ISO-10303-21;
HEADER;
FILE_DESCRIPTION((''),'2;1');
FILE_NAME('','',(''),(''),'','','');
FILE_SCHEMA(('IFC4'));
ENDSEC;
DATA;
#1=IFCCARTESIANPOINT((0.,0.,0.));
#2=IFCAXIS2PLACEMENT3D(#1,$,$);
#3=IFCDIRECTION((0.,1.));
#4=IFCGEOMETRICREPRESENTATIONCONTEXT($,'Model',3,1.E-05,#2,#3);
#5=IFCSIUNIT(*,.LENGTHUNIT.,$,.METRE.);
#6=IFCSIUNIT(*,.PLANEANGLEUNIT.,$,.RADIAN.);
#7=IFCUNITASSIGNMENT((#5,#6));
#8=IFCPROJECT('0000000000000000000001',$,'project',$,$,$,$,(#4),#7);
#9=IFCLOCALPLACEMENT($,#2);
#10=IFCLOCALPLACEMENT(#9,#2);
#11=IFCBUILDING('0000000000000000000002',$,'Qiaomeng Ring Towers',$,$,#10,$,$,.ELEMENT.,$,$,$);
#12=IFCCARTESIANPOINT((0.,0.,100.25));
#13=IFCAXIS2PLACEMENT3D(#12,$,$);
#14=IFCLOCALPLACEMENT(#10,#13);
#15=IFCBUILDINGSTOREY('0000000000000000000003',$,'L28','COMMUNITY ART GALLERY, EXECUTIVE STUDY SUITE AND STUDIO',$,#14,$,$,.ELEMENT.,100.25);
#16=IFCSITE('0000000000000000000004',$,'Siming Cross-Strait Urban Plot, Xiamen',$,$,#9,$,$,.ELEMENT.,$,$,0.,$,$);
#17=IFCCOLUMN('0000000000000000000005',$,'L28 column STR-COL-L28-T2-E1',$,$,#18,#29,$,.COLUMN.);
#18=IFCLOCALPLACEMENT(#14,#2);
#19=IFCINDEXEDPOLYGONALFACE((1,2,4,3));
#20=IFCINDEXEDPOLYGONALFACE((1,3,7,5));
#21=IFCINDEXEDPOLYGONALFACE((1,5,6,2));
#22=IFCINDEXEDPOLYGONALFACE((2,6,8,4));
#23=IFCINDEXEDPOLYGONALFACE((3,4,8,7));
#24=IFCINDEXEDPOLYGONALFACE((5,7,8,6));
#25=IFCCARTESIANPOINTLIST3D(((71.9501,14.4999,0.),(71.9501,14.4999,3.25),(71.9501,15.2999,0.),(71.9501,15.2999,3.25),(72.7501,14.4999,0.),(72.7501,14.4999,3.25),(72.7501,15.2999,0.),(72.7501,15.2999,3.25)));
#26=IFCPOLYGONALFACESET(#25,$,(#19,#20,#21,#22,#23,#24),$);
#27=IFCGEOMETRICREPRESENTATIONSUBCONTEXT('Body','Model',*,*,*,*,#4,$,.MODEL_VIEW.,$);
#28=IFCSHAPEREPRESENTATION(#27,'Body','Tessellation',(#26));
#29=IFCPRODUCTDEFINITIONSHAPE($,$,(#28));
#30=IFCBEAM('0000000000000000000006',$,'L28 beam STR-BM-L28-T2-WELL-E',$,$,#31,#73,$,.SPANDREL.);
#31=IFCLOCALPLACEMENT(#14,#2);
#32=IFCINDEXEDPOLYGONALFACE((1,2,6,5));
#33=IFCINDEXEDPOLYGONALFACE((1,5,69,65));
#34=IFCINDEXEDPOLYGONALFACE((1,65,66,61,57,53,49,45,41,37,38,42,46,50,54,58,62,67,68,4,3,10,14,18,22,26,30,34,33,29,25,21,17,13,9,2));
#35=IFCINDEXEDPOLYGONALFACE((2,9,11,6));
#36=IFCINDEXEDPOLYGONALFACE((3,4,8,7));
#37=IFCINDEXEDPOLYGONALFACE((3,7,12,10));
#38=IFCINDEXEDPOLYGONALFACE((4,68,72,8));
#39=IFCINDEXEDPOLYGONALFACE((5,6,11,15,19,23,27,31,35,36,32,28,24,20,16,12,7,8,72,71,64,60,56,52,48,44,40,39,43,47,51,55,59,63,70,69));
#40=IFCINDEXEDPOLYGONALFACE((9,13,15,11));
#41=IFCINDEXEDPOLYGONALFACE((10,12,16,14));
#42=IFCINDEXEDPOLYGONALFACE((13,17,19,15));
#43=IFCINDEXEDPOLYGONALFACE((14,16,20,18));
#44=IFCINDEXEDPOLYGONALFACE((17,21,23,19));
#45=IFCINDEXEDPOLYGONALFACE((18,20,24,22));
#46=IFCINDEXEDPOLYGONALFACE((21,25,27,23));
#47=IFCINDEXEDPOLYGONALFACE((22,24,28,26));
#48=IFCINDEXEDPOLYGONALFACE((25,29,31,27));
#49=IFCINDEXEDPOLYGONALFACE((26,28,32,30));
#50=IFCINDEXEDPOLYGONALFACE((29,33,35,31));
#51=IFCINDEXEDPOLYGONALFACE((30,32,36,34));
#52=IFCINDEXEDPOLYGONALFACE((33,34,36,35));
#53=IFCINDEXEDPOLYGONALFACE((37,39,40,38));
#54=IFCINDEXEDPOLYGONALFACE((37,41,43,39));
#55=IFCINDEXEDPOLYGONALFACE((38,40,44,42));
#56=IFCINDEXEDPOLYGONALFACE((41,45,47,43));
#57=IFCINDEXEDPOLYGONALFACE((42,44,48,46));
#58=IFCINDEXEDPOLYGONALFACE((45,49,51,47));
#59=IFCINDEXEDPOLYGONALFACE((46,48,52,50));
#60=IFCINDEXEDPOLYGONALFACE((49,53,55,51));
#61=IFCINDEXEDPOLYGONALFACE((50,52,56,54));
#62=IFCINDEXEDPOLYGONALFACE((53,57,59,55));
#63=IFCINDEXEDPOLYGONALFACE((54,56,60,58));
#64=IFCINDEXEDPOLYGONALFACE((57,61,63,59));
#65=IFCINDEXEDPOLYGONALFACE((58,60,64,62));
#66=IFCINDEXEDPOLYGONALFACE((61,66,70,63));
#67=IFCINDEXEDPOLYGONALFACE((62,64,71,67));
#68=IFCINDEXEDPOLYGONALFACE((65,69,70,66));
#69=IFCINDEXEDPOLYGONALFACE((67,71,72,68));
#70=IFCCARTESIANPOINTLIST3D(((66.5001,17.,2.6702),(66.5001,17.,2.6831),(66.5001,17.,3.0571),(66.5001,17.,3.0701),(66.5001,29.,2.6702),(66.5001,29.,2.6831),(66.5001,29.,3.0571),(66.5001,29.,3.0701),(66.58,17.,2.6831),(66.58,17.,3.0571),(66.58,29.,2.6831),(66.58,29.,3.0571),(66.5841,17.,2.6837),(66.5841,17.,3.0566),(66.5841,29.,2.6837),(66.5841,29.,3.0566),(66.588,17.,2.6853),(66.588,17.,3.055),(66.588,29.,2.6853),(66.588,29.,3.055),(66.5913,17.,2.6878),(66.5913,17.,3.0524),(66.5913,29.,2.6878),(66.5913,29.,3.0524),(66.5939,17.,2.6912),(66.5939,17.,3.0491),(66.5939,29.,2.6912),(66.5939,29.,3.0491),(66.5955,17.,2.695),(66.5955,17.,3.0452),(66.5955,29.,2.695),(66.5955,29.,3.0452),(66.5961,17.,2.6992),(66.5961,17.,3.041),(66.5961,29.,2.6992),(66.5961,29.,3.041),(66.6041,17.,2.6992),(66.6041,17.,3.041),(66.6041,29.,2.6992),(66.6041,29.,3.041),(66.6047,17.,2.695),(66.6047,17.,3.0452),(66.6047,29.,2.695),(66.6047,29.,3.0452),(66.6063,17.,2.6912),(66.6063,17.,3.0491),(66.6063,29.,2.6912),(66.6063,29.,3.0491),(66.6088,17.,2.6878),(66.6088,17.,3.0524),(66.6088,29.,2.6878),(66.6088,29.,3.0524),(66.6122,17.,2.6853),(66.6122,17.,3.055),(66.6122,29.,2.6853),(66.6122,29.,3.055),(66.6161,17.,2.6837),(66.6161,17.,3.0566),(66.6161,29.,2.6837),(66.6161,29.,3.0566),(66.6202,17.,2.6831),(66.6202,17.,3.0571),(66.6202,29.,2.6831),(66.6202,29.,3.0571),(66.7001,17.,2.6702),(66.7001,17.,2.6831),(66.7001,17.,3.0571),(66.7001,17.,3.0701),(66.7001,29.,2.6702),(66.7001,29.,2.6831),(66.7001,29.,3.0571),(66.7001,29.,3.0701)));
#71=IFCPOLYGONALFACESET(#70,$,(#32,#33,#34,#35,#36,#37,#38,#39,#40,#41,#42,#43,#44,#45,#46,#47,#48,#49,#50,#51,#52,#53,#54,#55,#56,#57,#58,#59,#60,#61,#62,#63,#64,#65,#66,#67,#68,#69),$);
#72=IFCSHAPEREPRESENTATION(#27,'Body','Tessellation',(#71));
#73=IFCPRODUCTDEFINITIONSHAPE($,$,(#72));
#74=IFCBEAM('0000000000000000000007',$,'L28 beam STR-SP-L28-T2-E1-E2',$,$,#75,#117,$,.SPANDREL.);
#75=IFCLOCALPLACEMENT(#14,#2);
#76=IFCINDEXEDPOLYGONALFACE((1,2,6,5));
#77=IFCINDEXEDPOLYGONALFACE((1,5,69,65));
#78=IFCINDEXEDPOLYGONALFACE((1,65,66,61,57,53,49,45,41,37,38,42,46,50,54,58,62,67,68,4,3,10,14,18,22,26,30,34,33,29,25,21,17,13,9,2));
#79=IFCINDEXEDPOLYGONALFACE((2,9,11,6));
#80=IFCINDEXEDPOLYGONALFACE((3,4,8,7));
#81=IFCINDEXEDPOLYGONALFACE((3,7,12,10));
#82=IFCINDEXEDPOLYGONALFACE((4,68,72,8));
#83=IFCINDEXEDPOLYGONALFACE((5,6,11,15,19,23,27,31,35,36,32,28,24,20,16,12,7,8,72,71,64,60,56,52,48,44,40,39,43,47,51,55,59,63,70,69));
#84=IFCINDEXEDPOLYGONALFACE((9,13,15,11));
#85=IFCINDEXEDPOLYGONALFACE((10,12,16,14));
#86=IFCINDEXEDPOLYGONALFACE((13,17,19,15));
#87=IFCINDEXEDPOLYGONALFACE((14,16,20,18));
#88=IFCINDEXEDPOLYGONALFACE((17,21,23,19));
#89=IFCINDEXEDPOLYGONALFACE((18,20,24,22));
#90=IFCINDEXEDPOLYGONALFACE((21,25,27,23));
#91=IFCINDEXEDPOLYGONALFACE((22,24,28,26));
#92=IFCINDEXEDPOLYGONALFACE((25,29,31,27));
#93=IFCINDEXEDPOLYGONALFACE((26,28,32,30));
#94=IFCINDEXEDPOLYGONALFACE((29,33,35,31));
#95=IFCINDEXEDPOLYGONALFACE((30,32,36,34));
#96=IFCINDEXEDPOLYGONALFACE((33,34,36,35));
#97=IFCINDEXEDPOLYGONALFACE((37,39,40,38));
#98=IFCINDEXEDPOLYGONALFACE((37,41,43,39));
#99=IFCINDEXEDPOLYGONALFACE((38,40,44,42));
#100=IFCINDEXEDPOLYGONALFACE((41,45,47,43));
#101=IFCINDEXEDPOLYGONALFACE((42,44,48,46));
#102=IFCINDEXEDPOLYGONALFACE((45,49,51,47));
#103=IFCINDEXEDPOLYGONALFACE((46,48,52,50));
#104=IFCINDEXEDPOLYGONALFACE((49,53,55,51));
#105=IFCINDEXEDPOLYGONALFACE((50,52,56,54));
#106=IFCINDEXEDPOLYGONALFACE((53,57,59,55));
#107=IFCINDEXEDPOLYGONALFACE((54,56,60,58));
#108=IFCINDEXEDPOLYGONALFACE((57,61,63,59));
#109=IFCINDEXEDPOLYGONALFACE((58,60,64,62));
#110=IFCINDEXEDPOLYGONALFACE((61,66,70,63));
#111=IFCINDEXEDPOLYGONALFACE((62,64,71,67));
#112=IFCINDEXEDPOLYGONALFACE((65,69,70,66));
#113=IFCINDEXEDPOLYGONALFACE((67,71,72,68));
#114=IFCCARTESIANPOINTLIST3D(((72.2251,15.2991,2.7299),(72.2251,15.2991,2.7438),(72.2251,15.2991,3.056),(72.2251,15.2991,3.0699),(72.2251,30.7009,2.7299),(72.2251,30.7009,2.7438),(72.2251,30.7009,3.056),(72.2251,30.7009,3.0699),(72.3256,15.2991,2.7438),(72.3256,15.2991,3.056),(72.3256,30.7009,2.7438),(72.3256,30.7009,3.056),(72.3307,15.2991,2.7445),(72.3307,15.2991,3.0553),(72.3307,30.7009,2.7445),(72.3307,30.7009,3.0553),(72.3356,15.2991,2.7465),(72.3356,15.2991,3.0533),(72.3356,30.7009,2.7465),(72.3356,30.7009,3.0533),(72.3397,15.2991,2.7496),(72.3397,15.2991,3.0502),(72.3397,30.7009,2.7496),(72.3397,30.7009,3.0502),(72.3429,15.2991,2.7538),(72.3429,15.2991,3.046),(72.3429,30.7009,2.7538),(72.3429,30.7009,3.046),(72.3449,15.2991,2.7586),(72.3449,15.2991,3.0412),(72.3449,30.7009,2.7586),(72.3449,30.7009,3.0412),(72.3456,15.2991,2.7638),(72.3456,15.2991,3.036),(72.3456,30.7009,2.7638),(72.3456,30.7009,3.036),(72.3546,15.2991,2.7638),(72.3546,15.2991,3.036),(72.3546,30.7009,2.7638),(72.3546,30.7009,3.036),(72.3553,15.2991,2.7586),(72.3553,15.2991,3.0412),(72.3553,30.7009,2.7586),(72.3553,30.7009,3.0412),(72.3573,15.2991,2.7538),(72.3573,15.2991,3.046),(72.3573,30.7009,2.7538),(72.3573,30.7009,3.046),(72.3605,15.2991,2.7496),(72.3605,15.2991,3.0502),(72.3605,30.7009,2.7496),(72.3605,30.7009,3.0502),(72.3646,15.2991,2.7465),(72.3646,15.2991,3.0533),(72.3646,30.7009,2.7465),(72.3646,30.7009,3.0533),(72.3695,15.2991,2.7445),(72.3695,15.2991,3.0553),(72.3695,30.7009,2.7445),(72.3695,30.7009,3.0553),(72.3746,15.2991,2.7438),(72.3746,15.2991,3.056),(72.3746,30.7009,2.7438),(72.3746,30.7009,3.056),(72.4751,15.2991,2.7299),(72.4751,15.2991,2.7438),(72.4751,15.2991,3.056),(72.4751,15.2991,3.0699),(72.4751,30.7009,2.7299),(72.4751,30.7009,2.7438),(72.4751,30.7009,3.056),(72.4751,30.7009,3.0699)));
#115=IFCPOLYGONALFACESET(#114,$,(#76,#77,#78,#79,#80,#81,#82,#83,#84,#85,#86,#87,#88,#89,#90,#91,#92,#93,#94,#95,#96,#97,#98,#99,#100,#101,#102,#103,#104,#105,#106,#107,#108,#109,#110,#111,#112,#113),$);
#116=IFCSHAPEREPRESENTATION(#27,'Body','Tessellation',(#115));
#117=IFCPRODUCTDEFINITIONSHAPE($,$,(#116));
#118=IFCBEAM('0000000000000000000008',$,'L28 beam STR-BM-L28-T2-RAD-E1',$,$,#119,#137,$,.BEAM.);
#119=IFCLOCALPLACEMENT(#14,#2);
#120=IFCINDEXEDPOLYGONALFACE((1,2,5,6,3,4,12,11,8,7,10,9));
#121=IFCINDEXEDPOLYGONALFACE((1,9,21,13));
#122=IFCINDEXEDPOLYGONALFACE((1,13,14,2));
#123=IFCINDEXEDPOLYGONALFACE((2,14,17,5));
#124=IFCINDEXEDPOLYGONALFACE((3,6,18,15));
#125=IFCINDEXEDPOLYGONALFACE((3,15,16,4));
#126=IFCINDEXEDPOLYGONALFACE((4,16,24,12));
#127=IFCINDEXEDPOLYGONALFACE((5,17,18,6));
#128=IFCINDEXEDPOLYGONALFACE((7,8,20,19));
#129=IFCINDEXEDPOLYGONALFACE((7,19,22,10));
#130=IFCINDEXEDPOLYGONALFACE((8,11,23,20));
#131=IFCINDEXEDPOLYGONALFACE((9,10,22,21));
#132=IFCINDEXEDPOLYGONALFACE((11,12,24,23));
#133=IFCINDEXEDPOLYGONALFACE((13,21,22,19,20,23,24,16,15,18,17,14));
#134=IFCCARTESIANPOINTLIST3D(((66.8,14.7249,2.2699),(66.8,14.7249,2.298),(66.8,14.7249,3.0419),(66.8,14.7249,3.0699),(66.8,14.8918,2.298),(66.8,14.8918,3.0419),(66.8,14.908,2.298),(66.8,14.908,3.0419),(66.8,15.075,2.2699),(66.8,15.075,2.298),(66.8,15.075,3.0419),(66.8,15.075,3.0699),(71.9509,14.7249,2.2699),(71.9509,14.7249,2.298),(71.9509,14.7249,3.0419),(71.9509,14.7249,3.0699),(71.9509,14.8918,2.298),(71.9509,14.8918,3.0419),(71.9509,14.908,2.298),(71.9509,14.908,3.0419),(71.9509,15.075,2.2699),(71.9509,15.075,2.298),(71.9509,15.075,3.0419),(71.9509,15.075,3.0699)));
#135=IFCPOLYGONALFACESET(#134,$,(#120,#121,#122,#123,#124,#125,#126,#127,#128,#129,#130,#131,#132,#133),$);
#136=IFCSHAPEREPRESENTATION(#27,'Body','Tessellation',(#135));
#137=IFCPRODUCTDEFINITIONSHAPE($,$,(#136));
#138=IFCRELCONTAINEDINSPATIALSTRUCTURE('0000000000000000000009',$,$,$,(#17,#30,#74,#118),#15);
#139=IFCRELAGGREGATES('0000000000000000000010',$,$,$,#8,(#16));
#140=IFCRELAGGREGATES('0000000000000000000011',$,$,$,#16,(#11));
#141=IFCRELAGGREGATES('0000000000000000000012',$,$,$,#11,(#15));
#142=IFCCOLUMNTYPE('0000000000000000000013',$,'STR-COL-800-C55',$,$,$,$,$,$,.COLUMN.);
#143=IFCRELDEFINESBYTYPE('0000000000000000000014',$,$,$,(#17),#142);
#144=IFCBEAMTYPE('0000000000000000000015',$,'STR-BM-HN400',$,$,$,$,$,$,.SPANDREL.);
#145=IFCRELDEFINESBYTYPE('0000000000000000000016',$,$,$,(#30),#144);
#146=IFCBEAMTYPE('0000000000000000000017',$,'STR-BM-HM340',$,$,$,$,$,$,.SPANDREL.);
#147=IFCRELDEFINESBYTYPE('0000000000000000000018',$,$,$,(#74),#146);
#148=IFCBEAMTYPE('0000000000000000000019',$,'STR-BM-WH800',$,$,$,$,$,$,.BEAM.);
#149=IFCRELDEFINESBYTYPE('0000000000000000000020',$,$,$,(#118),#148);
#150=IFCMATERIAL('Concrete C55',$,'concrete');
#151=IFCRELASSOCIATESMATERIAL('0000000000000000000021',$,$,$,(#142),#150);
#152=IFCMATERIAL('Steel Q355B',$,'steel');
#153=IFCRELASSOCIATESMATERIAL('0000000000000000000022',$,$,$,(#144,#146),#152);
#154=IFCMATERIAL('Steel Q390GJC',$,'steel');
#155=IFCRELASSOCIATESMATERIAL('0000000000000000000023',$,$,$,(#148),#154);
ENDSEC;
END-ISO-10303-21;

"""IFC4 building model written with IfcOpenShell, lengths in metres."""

from ifc_helpers import new_model, si_unit, direction, frame, origin, origin_2d, place, context, subcontext, project, spatial, rectangle, i_section, extrude, source, transform, mapped, material, material_profile, profile_set, type_object, element, save


model = new_model("IFC4")

# Units and contexts
model_context = context("Model", 3, precision=1e-05, world=origin(), true_north=direction((0.0, 1.0)))
body_context = subcontext(model_context, "Body", "Model", "MODEL_VIEW")
ifc_project = project(units=[si_unit("LENGTHUNIT", "METRE"), si_unit("PLANEANGLEUNIT", "RADIAN")], contexts=[model_context])

# Site, building, storey
site_placement = place(None, origin())
site = spatial("IfcSite", under=ifc_project, at=site_placement, Name="Siming Cross-Strait Urban Plot, Xiamen", CompositionType="ELEMENT", RefElevation=0.0)
building_placement = place(site_placement, origin())
building = spatial("IfcBuilding", under=site, at=building_placement, Name="Qiaomeng Ring Towers", CompositionType="ELEMENT")
storey_placement = place(building_placement, frame((0.0, 0.0, 100.25)))
storey = spatial("IfcBuildingStorey", under=building, at=storey_placement, Name="L28", Description="COMMUNITY ART GALLERY, EXECUTIVE STUDY SUITE AND STUDIO", CompositionType="ELEMENT", Elevation=100.25)

# Column
ifc_material_1 = material(Name="Concrete C55", Category="concrete")
ifc_material_profile_1 = material_profile(ifc_material_1, rectangle(XDim=0.8, YDim=0.8, at=origin_2d()), Name="RC COL 800x800")
ifc_profile_set_1 = profile_set([ifc_material_profile_1], Name="Concrete C55")
column_type = type_object("IfcColumnType", Name="STR-COL-800-C55", PredefinedType="COLUMN", material=ifc_profile_set_1)
shared_shape_1 = source(origin(), body_context, "Body", "SweptSolid", [
    extrude(rectangle(XDim=0.8, YDim=0.8, at=origin_2d()), origin(), (0.0, 0.0, 1.0), 3.25),
])
column_placement = place(storey_placement, frame((72.3501, 14.8999, 0.0), z_axis=(0.0, 0.0, 1.0), x_axis=(1.0, 0.0, 0.0)))
element("IfcColumn", 1, at=column_placement, inside=storey, type_object=column_type, Name="L28 column STR-COL-L28-T2-E1", PredefinedType="COLUMN", context=body_context, shape_type="MappedRepresentation", body=[
    mapped(shared_shape_1, transform((0.0, 0.0, 0.0), x_axis=(1.0, 0.0, 0.0), y_axis=(0.0, 1.0, 0.0), z_axis=(0.0, 0.0, 1.0), scale=1.0)),
])

# Beams
ifc_material_2 = material(Name="Steel Q355B", Category="steel")
ifc_material_profile_2 = material_profile(ifc_material_2, i_section(OverallWidth=0.2, OverallDepth=0.3999, WebThickness=0.0081, FlangeThickness=0.0129, FilletRadius=0.0161, at=origin_2d()), Name="HN 400x200x8x13")
ifc_profile_set_2 = profile_set([ifc_material_profile_2], Name="Steel Q355B")
beam_type_1 = type_object("IfcBeamType", Name="STR-BM-HN400", PredefinedType="SPANDREL", material=ifc_profile_set_2)
shared_shape_2 = source(origin(), body_context, "Body", "SweptSolid", [
    extrude(i_section(OverallWidth=0.2, OverallDepth=0.3999, WebThickness=0.0081, FlangeThickness=0.0129, FilletRadius=0.0161, at=origin_2d()), origin(), (0.0, 0.0, 1.0), 12.0),
])
beam_1_placement = place(storey_placement, frame((66.6001, 17.0, 2.8701), z_axis=(0.0, 1.0, 0.0), x_axis=(-1.0, 0.0, 0.0)))
element("IfcBeam", 2, at=beam_1_placement, inside=storey, type_object=beam_type_1, Name="L28 beam STR-BM-L28-T2-WELL-E", PredefinedType="SPANDREL", context=body_context, shape_type="MappedRepresentation", body=[
    mapped(shared_shape_2, transform((0.0, 0.0, 0.0), x_axis=(1.0, 0.0, 0.0), y_axis=(0.0, 1.0, 0.0), z_axis=(0.0, 0.0, 1.0), scale=1.0)),
])
ifc_material_profile_3 = material_profile(ifc_material_2, i_section(OverallWidth=0.25, OverallDepth=0.3401, WebThickness=0.009, FlangeThickness=0.0139, FilletRadius=0.02, at=origin_2d()), Name="HM 340x250x9x14")
ifc_profile_set_3 = profile_set([ifc_material_profile_3], Name="Steel Q355B")
beam_type_2 = type_object("IfcBeamType", Name="STR-BM-HM340", PredefinedType="SPANDREL", material=ifc_profile_set_3)
shared_shape_3 = source(origin(), body_context, "Body", "SweptSolid", [
    extrude(i_section(OverallWidth=0.25, OverallDepth=0.3401, WebThickness=0.009, FlangeThickness=0.0139, FilletRadius=0.02, at=origin_2d()), origin(), (0.0, 0.0, 1.0), 15.4019),
])
beam_2_placement = place(storey_placement, frame((72.3501, 15.2991, 2.8999), z_axis=(0.0, 1.0, 0.0), x_axis=(-1.0, 0.0, 0.0)))
element("IfcBeam", 3, at=beam_2_placement, inside=storey, type_object=beam_type_2, Name="L28 beam STR-SP-L28-T2-E1-E2", PredefinedType="SPANDREL", context=body_context, shape_type="MappedRepresentation", body=[
    mapped(shared_shape_3, transform((0.0, 0.0, 0.0), x_axis=(1.0, 0.0, 0.0), y_axis=(0.0, 1.0, 0.0), z_axis=(0.0, 0.0, 1.0), scale=1.0)),
])
ifc_material_3 = material(Name="Steel Q390GJC", Category="steel")
ifc_material_profile_4 = material_profile(ifc_material_3, i_section(OverallWidth=0.3501, OverallDepth=0.8, WebThickness=0.0161, FlangeThickness=0.0281, at=origin_2d()), Name="WH 800x350x16x28")
ifc_profile_set_4 = profile_set([ifc_material_profile_4], Name="Steel Q390GJC")
beam_type_3 = type_object("IfcBeamType", Name="STR-BM-WH800", PredefinedType="BEAM", material=ifc_profile_set_4)
shared_shape_4 = source(origin(), body_context, "Body", "SweptSolid", [
    extrude(i_section(OverallWidth=0.3501, OverallDepth=0.8, WebThickness=0.0161, FlangeThickness=0.0281, at=origin_2d()), origin(), (0.0, 0.0, 1.0), 5.1509),
])
beam_3_placement = place(storey_placement, frame((66.8, 14.8999, 2.6699), z_axis=(1.0, 0.0, 0.0), x_axis=(0.0, 1.0, 0.0)))
element("IfcBeam", 4, at=beam_3_placement, inside=storey, type_object=beam_type_3, Name="L28 beam STR-BM-L28-T2-RAD-E1", PredefinedType="BEAM", context=body_context, shape_type="MappedRepresentation", body=[
    mapped(shared_shape_4, transform((0.0, 0.0, 0.0), x_axis=(1.0, 0.0, 0.0), y_axis=(0.0, 1.0, 0.0), z_axis=(0.0, 0.0, 1.0), scale=1.0)),
])

save(model, "model.ifc")
